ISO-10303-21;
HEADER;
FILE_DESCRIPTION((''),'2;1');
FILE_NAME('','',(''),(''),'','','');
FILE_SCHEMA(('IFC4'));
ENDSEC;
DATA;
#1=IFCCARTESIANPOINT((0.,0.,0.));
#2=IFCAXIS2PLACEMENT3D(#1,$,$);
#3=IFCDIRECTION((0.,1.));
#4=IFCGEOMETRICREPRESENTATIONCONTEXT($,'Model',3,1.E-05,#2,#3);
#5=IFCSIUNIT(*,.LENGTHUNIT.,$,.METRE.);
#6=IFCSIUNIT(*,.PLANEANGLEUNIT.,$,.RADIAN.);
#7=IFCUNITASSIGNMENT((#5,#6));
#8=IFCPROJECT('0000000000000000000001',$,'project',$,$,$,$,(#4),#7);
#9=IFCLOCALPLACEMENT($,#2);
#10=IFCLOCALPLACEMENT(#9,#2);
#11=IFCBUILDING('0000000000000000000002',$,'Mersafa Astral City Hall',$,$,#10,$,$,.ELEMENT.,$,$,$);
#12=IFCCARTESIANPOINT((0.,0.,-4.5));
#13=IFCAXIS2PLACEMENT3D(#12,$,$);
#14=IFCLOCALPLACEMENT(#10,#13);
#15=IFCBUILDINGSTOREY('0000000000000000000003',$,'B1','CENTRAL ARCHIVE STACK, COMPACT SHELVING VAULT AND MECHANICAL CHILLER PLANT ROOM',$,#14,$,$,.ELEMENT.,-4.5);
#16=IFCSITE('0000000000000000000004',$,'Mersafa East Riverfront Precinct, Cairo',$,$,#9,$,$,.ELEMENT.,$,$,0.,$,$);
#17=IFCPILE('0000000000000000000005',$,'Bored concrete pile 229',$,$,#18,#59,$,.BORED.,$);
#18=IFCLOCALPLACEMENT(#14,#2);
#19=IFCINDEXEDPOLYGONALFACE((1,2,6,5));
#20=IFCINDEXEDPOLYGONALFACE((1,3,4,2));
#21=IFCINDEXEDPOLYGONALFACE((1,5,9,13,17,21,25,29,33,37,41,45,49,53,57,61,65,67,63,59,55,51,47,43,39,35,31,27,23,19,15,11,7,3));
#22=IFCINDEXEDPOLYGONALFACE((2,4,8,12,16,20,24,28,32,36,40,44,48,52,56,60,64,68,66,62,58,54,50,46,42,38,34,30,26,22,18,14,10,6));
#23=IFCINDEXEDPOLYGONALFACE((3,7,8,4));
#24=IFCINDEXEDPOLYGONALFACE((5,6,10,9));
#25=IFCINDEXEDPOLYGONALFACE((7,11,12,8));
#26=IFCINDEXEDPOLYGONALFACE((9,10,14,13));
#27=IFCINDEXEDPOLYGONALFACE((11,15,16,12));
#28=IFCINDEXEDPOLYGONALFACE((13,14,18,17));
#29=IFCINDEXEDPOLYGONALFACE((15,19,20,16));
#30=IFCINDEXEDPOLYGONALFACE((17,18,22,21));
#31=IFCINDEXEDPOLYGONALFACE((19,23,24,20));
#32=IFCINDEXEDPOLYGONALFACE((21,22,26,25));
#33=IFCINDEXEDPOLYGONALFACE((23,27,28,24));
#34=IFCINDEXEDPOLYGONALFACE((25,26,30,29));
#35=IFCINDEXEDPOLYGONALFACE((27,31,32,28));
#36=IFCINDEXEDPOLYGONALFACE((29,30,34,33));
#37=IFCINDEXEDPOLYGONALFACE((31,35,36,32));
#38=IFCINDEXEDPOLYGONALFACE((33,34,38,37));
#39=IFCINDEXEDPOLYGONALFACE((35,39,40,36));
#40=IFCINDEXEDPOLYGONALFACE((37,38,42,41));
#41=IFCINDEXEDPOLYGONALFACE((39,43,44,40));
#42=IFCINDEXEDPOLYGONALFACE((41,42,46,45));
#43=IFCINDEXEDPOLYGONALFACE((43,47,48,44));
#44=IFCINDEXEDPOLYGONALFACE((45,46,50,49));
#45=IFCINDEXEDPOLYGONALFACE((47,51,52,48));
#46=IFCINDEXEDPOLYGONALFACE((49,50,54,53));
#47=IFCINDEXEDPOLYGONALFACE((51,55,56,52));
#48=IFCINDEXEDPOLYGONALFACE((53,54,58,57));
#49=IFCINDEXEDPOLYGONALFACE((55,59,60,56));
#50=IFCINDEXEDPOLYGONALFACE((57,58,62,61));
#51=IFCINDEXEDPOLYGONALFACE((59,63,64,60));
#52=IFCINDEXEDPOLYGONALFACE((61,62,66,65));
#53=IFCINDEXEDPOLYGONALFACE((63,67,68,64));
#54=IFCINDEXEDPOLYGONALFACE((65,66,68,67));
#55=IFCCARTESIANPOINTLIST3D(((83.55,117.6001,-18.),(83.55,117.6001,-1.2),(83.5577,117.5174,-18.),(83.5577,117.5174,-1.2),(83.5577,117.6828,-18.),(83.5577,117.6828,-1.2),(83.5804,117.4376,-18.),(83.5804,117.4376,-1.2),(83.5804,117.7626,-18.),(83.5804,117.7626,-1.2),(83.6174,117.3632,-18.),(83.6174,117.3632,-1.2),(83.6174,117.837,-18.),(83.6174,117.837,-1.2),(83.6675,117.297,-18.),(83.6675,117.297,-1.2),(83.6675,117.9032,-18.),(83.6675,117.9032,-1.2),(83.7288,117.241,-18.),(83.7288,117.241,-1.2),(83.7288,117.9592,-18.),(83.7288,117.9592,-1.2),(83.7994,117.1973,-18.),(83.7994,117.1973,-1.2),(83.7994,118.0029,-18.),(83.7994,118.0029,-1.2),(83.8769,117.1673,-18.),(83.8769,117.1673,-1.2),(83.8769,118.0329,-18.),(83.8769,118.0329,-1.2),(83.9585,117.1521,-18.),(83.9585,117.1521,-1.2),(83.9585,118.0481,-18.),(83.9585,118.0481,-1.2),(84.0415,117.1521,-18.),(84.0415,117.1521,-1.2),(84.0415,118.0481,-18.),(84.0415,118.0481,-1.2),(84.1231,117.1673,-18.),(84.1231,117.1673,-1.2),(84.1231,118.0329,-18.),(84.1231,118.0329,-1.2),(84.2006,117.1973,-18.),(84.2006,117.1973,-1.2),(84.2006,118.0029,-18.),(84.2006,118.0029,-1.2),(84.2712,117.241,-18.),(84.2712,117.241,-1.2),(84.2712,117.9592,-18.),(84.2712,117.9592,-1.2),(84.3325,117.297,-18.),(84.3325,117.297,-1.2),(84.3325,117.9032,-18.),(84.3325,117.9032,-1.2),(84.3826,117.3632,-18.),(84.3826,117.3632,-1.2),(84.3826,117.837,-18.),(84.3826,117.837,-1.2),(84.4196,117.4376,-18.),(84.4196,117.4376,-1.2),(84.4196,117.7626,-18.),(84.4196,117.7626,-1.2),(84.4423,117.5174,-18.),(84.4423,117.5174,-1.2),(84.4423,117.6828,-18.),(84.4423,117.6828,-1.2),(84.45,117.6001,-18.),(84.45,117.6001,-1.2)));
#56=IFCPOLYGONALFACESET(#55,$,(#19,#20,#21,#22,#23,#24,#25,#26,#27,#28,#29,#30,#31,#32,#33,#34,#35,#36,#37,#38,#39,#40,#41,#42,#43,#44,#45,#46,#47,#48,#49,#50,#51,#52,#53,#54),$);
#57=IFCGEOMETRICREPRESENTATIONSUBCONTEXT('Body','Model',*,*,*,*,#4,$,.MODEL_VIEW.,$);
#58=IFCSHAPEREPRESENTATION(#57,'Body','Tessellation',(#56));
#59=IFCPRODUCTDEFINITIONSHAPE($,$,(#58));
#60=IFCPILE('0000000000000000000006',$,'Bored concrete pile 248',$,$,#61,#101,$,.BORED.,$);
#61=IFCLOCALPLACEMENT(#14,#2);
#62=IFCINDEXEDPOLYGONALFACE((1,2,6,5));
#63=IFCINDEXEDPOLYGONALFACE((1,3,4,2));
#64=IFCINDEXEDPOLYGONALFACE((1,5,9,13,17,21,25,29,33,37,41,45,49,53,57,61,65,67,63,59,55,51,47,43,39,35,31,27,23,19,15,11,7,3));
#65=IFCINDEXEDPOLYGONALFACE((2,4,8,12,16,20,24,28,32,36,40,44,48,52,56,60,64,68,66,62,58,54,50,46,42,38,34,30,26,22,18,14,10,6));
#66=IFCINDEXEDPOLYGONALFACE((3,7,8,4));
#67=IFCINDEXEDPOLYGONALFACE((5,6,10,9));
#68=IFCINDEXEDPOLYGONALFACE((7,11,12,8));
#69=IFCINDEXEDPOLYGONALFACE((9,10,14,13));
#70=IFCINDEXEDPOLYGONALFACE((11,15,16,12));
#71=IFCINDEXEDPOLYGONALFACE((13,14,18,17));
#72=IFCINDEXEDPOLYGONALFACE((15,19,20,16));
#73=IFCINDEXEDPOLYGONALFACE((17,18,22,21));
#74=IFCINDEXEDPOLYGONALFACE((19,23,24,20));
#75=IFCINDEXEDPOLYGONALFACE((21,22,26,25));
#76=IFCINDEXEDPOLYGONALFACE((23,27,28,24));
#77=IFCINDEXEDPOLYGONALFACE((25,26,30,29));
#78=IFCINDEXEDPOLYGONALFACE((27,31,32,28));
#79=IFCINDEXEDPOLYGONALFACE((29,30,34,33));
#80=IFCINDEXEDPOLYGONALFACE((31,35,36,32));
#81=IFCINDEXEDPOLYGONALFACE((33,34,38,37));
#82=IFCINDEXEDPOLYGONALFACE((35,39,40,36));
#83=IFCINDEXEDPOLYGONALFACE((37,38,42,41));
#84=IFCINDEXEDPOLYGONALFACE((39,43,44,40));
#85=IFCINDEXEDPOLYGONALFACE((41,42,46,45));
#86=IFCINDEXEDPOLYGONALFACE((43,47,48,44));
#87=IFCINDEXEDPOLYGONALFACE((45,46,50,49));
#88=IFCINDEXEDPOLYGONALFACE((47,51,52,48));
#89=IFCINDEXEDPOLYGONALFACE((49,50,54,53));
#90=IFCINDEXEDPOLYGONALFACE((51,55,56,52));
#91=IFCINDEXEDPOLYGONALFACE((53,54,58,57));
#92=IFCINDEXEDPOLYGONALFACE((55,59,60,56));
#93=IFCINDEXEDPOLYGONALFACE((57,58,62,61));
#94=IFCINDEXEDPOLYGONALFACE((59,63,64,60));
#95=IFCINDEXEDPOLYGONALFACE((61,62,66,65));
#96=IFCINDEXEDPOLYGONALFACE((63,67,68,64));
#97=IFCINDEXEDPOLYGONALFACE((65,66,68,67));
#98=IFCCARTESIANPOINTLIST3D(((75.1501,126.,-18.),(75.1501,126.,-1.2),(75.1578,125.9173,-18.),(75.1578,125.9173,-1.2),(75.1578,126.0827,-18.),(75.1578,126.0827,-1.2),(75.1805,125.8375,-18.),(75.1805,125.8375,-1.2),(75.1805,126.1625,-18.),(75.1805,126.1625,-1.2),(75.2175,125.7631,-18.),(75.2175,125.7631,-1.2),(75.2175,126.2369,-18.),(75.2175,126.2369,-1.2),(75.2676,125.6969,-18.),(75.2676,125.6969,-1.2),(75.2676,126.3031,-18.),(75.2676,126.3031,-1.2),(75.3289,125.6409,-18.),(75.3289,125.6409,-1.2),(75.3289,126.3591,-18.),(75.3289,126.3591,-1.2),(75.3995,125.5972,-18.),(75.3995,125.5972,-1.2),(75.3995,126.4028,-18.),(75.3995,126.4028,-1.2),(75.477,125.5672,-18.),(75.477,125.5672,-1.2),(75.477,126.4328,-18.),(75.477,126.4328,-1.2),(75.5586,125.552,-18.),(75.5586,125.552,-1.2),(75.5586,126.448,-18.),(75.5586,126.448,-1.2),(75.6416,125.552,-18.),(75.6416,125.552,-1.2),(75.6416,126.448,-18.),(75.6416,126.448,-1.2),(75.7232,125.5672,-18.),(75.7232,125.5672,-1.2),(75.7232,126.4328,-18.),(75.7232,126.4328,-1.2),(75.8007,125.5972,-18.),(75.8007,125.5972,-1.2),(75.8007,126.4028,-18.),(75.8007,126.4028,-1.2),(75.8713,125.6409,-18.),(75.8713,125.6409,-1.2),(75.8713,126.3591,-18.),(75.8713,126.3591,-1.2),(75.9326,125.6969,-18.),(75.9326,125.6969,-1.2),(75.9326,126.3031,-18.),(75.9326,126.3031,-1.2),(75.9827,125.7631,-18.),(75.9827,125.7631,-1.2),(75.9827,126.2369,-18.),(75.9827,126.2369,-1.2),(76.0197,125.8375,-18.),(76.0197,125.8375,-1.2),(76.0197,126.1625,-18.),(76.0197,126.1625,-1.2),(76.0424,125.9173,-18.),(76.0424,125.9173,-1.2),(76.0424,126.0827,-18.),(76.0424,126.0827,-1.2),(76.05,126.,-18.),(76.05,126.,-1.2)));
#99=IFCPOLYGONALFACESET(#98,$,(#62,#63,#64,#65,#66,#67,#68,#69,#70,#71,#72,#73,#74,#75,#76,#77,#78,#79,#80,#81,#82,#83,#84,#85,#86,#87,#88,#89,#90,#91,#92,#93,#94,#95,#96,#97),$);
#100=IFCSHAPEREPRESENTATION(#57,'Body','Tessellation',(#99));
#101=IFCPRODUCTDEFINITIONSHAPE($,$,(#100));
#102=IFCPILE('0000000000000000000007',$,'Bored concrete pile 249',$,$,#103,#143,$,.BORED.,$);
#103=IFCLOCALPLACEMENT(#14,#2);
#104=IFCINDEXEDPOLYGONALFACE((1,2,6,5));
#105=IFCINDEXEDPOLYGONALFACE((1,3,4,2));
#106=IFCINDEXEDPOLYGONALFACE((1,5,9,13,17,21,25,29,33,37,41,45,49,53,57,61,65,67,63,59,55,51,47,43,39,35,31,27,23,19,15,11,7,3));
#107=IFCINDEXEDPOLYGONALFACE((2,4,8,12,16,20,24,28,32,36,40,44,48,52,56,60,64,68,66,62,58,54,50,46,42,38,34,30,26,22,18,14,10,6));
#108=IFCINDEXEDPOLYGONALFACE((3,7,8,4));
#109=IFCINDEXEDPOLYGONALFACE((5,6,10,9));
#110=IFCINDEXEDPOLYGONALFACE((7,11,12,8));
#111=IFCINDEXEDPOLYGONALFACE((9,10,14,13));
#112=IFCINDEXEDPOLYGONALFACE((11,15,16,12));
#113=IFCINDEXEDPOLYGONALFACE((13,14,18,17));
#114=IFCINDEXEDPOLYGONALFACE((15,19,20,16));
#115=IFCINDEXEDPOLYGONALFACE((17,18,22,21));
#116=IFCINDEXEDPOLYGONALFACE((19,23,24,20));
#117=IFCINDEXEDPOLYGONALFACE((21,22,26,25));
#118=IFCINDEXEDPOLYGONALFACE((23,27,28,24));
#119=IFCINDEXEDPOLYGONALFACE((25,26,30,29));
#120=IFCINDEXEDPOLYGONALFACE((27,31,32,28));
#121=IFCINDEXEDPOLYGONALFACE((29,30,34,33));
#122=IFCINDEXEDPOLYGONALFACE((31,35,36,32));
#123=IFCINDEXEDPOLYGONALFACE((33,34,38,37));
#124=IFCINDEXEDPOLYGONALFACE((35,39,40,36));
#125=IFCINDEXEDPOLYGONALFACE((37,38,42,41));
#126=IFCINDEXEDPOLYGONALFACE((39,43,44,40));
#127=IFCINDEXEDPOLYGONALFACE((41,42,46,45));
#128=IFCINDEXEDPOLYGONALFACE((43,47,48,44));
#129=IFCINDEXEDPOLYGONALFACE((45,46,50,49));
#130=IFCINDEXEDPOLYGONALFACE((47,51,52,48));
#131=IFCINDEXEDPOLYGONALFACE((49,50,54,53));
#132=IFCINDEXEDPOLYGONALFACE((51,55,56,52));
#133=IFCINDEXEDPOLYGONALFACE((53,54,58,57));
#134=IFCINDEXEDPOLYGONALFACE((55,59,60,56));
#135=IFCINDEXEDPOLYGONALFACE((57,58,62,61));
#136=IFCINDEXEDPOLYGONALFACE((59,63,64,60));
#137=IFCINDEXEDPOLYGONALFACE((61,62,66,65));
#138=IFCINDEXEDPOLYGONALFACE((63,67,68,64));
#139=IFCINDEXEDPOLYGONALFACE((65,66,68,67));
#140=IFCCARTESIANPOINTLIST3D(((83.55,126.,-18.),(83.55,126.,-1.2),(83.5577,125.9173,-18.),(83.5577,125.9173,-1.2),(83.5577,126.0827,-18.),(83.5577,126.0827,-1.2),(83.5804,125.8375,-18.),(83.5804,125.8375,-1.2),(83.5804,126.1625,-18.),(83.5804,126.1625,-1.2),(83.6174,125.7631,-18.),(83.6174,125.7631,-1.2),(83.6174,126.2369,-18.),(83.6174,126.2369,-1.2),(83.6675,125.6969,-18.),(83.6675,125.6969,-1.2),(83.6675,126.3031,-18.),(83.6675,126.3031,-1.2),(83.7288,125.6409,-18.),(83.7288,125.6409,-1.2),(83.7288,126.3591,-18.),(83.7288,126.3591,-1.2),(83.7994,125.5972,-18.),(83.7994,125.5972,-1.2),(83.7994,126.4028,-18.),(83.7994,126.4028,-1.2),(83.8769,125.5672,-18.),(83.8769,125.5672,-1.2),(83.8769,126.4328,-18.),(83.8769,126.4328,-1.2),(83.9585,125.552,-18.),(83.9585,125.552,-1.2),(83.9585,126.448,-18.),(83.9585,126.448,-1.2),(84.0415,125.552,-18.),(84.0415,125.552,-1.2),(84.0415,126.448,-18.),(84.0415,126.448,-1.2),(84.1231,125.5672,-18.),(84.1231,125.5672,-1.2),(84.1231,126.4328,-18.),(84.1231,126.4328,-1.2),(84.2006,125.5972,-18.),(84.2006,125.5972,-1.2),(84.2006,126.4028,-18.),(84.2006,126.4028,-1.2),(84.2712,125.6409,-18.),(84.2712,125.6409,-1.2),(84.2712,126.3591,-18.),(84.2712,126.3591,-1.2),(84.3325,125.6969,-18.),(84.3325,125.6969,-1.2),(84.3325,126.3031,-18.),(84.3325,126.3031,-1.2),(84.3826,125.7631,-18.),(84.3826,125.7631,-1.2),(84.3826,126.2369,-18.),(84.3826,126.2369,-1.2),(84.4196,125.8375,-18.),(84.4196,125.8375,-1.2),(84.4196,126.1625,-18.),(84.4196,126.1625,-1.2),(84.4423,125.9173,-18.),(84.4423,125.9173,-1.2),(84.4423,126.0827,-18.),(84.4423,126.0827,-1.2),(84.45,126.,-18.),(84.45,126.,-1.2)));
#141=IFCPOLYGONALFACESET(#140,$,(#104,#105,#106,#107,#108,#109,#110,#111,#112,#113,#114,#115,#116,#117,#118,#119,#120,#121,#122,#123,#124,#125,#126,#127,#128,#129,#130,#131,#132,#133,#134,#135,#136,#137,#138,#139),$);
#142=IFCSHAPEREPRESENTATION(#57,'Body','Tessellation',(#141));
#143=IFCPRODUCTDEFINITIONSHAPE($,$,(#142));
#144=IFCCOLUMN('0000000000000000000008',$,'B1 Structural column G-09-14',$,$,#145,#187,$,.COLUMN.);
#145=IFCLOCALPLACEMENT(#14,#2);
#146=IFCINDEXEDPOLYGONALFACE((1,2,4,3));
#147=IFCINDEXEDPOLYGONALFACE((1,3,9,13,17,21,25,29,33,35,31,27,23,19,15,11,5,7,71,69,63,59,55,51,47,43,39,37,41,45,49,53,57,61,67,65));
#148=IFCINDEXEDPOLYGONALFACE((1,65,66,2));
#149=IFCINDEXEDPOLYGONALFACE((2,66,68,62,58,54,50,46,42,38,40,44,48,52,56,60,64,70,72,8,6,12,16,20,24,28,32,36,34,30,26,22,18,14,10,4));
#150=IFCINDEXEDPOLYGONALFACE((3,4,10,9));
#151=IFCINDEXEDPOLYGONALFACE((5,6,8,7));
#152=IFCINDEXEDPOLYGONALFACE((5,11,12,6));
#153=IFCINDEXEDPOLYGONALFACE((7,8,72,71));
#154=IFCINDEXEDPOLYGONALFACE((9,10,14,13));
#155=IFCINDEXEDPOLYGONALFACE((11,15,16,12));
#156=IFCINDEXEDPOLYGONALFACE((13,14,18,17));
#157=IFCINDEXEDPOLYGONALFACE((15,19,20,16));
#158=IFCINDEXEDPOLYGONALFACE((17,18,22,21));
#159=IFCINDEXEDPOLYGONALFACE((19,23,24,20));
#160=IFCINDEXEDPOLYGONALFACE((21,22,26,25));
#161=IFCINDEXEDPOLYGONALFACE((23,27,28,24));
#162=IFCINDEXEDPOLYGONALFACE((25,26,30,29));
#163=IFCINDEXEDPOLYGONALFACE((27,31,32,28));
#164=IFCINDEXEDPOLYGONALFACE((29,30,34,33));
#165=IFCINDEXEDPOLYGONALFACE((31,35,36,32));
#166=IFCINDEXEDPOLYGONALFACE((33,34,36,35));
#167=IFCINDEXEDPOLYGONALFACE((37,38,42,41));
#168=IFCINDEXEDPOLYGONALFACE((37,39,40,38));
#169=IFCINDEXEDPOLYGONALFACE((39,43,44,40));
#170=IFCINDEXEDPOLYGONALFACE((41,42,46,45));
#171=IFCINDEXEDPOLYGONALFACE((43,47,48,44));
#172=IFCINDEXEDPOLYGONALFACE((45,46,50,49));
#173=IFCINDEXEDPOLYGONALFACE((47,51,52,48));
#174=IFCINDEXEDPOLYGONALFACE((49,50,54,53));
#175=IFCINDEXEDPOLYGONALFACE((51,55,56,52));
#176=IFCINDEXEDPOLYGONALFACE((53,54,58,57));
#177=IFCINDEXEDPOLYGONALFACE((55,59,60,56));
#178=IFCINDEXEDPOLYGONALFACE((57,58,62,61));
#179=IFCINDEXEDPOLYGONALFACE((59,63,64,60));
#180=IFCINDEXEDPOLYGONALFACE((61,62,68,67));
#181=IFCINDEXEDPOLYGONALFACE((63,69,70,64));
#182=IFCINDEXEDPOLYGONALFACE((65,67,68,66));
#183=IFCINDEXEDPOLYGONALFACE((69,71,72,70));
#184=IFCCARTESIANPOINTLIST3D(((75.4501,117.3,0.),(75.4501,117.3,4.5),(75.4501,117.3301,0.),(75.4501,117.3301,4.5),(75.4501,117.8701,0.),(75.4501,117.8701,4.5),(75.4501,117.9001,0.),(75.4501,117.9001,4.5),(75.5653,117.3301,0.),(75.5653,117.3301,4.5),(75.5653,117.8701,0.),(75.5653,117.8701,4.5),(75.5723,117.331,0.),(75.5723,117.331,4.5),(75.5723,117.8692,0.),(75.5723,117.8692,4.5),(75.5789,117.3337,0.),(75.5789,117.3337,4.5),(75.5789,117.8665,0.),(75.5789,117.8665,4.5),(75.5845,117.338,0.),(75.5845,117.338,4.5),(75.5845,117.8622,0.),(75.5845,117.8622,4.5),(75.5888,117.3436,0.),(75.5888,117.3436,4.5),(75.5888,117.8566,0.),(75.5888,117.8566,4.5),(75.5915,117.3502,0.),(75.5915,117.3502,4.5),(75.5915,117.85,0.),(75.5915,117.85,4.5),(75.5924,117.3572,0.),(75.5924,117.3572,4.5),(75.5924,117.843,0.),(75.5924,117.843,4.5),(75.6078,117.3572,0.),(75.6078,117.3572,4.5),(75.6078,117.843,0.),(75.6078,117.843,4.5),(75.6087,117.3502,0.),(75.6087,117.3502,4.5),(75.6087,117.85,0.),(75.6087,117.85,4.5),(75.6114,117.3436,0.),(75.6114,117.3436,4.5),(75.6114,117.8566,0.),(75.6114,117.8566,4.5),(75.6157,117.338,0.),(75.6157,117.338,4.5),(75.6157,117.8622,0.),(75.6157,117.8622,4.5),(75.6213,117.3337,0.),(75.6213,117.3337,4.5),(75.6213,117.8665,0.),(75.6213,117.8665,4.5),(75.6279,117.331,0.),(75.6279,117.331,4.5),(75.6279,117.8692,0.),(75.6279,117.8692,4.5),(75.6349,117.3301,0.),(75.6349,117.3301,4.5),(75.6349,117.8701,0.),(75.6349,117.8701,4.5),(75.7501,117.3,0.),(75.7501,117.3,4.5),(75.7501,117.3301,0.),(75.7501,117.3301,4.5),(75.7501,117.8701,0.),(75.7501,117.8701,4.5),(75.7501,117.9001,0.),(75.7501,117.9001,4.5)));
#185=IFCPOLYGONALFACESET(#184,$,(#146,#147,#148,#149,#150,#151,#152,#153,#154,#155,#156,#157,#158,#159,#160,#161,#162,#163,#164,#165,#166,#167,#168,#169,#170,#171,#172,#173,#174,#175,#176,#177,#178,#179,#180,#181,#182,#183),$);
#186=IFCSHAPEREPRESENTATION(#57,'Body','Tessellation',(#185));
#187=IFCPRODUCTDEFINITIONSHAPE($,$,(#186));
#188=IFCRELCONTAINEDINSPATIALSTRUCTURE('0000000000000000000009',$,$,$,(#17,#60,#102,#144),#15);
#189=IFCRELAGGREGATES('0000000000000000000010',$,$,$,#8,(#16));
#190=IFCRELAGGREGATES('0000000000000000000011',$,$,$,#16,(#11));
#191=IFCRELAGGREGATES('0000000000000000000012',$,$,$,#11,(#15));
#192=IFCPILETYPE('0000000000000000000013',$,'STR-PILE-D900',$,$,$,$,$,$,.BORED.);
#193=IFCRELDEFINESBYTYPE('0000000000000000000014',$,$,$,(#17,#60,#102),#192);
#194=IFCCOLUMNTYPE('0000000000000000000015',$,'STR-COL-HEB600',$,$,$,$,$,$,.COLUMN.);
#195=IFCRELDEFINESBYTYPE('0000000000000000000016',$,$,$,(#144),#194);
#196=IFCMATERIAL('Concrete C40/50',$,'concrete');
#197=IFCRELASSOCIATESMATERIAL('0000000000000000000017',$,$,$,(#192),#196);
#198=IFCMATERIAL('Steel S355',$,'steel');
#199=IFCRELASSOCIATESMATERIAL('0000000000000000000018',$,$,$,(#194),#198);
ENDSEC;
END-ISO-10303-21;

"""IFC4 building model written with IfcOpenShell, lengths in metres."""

from ifc_helpers import new_model, si_unit, direction, frame, origin, origin_2d, place, context, subcontext, project, spatial, circle, i_section, extrude, material, material_profile, profile_set, type_object, element, save


model = new_model("IFC4")

# Units and contexts
model_context = context("Model", 3, precision=1e-05, world=origin(), true_north=direction((0.0, 1.0)))
body_context = subcontext(model_context, "Body", "Model", "MODEL_VIEW")
ifc_project = project(units=[si_unit("LENGTHUNIT", "METRE"), si_unit("PLANEANGLEUNIT", "RADIAN")], contexts=[model_context])

# Site, building, storey
site_placement = place(None, origin())
site = spatial("IfcSite", under=ifc_project, at=site_placement, Name="Mersafa East Riverfront Precinct, Cairo", CompositionType="ELEMENT", RefElevation=0.0)
building_placement = place(site_placement, origin())
building = spatial("IfcBuilding", under=site, at=building_placement, Name="Mersafa Astral City Hall", CompositionType="ELEMENT")
storey_placement = place(building_placement, frame((0.0, 0.0, -4.5)))
storey = spatial("IfcBuildingStorey", under=building, at=storey_placement, Name="B1", Description="CENTRAL ARCHIVE STACK, COMPACT SHELVING VAULT AND MECHANICAL CHILLER PLANT ROOM", CompositionType="ELEMENT", Elevation=-4.5)

# Shared definitions
ifc_material_1 = material(Name="Concrete C40/50", Category="concrete")

# Piles
ifc_material_profile_1 = material_profile(ifc_material_1, circle(Radius=0.45, at=origin_2d()), Name="PILE D900")
ifc_profile_set_1 = profile_set([ifc_material_profile_1], Name="Concrete C40/50")
pile_type = type_object("IfcPileType", Name="STR-PILE-D900", PredefinedType="BORED", material=ifc_profile_set_1)
for number, where, z_axis, x_axis, name in (
    (1, (84.0, 117.6001, -1.2), (0.0, 0.0, -1.0), (1.0, 0.0, 0.0), "Bored concrete pile 229"),
    (2, (75.6001, 126.0, -1.2), (0.0, 0.0, -1.0), (1.0, 0.0, 0.0), "Bored concrete pile 248"),
    (3, (84.0, 126.0, -1.2), (0.0, 0.0, -1.0), (1.0, 0.0, 0.0), "Bored concrete pile 249"),
):
    element("IfcPile", number, at=place(storey_placement, frame(where, z_axis=z_axis, x_axis=x_axis)), inside=storey, type_object=pile_type, Name=name, PredefinedType="BORED", context=body_context, shape_type="SweptSolid", body=[
        extrude(circle(Radius=0.45, at=origin_2d()), origin(), (0.0, 0.0, 1.0), 16.8),
    ])

# Column
ifc_material_2 = material(Name="Steel S355", Category="steel")
ifc_material_profile_2 = material_profile(ifc_material_2, i_section(OverallWidth=0.3, OverallDepth=0.6001, WebThickness=0.0154, FlangeThickness=0.03, FilletRadius=0.0271, at=origin_2d()), Name="HEB 600")
ifc_profile_set_2 = profile_set([ifc_material_profile_2], Name="Steel S355")
column_type = type_object("IfcColumnType", Name="STR-COL-HEB600", PredefinedType="COLUMN", material=ifc_profile_set_2)
for number, where, z_axis, x_axis, name in (
    (4, (75.6001, 117.6001, 0.0), (0.0, 0.0, 1.0), (1.0, 0.0, 0.0), "B1 Structural column G-09-14"),
):
    element("IfcColumn", number, at=place(storey_placement, frame(where, z_axis=z_axis, x_axis=x_axis)), inside=storey, type_object=column_type, Name=name, PredefinedType="COLUMN", context=body_context, shape_type="SweptSolid", body=[
        extrude(i_section(OverallWidth=0.3, OverallDepth=0.6001, WebThickness=0.0154, FlangeThickness=0.03, FilletRadius=0.0271, at=origin_2d()), origin(), (0.0, 0.0, 1.0), 4.5),
    ])

save(model, "model.ifc")
